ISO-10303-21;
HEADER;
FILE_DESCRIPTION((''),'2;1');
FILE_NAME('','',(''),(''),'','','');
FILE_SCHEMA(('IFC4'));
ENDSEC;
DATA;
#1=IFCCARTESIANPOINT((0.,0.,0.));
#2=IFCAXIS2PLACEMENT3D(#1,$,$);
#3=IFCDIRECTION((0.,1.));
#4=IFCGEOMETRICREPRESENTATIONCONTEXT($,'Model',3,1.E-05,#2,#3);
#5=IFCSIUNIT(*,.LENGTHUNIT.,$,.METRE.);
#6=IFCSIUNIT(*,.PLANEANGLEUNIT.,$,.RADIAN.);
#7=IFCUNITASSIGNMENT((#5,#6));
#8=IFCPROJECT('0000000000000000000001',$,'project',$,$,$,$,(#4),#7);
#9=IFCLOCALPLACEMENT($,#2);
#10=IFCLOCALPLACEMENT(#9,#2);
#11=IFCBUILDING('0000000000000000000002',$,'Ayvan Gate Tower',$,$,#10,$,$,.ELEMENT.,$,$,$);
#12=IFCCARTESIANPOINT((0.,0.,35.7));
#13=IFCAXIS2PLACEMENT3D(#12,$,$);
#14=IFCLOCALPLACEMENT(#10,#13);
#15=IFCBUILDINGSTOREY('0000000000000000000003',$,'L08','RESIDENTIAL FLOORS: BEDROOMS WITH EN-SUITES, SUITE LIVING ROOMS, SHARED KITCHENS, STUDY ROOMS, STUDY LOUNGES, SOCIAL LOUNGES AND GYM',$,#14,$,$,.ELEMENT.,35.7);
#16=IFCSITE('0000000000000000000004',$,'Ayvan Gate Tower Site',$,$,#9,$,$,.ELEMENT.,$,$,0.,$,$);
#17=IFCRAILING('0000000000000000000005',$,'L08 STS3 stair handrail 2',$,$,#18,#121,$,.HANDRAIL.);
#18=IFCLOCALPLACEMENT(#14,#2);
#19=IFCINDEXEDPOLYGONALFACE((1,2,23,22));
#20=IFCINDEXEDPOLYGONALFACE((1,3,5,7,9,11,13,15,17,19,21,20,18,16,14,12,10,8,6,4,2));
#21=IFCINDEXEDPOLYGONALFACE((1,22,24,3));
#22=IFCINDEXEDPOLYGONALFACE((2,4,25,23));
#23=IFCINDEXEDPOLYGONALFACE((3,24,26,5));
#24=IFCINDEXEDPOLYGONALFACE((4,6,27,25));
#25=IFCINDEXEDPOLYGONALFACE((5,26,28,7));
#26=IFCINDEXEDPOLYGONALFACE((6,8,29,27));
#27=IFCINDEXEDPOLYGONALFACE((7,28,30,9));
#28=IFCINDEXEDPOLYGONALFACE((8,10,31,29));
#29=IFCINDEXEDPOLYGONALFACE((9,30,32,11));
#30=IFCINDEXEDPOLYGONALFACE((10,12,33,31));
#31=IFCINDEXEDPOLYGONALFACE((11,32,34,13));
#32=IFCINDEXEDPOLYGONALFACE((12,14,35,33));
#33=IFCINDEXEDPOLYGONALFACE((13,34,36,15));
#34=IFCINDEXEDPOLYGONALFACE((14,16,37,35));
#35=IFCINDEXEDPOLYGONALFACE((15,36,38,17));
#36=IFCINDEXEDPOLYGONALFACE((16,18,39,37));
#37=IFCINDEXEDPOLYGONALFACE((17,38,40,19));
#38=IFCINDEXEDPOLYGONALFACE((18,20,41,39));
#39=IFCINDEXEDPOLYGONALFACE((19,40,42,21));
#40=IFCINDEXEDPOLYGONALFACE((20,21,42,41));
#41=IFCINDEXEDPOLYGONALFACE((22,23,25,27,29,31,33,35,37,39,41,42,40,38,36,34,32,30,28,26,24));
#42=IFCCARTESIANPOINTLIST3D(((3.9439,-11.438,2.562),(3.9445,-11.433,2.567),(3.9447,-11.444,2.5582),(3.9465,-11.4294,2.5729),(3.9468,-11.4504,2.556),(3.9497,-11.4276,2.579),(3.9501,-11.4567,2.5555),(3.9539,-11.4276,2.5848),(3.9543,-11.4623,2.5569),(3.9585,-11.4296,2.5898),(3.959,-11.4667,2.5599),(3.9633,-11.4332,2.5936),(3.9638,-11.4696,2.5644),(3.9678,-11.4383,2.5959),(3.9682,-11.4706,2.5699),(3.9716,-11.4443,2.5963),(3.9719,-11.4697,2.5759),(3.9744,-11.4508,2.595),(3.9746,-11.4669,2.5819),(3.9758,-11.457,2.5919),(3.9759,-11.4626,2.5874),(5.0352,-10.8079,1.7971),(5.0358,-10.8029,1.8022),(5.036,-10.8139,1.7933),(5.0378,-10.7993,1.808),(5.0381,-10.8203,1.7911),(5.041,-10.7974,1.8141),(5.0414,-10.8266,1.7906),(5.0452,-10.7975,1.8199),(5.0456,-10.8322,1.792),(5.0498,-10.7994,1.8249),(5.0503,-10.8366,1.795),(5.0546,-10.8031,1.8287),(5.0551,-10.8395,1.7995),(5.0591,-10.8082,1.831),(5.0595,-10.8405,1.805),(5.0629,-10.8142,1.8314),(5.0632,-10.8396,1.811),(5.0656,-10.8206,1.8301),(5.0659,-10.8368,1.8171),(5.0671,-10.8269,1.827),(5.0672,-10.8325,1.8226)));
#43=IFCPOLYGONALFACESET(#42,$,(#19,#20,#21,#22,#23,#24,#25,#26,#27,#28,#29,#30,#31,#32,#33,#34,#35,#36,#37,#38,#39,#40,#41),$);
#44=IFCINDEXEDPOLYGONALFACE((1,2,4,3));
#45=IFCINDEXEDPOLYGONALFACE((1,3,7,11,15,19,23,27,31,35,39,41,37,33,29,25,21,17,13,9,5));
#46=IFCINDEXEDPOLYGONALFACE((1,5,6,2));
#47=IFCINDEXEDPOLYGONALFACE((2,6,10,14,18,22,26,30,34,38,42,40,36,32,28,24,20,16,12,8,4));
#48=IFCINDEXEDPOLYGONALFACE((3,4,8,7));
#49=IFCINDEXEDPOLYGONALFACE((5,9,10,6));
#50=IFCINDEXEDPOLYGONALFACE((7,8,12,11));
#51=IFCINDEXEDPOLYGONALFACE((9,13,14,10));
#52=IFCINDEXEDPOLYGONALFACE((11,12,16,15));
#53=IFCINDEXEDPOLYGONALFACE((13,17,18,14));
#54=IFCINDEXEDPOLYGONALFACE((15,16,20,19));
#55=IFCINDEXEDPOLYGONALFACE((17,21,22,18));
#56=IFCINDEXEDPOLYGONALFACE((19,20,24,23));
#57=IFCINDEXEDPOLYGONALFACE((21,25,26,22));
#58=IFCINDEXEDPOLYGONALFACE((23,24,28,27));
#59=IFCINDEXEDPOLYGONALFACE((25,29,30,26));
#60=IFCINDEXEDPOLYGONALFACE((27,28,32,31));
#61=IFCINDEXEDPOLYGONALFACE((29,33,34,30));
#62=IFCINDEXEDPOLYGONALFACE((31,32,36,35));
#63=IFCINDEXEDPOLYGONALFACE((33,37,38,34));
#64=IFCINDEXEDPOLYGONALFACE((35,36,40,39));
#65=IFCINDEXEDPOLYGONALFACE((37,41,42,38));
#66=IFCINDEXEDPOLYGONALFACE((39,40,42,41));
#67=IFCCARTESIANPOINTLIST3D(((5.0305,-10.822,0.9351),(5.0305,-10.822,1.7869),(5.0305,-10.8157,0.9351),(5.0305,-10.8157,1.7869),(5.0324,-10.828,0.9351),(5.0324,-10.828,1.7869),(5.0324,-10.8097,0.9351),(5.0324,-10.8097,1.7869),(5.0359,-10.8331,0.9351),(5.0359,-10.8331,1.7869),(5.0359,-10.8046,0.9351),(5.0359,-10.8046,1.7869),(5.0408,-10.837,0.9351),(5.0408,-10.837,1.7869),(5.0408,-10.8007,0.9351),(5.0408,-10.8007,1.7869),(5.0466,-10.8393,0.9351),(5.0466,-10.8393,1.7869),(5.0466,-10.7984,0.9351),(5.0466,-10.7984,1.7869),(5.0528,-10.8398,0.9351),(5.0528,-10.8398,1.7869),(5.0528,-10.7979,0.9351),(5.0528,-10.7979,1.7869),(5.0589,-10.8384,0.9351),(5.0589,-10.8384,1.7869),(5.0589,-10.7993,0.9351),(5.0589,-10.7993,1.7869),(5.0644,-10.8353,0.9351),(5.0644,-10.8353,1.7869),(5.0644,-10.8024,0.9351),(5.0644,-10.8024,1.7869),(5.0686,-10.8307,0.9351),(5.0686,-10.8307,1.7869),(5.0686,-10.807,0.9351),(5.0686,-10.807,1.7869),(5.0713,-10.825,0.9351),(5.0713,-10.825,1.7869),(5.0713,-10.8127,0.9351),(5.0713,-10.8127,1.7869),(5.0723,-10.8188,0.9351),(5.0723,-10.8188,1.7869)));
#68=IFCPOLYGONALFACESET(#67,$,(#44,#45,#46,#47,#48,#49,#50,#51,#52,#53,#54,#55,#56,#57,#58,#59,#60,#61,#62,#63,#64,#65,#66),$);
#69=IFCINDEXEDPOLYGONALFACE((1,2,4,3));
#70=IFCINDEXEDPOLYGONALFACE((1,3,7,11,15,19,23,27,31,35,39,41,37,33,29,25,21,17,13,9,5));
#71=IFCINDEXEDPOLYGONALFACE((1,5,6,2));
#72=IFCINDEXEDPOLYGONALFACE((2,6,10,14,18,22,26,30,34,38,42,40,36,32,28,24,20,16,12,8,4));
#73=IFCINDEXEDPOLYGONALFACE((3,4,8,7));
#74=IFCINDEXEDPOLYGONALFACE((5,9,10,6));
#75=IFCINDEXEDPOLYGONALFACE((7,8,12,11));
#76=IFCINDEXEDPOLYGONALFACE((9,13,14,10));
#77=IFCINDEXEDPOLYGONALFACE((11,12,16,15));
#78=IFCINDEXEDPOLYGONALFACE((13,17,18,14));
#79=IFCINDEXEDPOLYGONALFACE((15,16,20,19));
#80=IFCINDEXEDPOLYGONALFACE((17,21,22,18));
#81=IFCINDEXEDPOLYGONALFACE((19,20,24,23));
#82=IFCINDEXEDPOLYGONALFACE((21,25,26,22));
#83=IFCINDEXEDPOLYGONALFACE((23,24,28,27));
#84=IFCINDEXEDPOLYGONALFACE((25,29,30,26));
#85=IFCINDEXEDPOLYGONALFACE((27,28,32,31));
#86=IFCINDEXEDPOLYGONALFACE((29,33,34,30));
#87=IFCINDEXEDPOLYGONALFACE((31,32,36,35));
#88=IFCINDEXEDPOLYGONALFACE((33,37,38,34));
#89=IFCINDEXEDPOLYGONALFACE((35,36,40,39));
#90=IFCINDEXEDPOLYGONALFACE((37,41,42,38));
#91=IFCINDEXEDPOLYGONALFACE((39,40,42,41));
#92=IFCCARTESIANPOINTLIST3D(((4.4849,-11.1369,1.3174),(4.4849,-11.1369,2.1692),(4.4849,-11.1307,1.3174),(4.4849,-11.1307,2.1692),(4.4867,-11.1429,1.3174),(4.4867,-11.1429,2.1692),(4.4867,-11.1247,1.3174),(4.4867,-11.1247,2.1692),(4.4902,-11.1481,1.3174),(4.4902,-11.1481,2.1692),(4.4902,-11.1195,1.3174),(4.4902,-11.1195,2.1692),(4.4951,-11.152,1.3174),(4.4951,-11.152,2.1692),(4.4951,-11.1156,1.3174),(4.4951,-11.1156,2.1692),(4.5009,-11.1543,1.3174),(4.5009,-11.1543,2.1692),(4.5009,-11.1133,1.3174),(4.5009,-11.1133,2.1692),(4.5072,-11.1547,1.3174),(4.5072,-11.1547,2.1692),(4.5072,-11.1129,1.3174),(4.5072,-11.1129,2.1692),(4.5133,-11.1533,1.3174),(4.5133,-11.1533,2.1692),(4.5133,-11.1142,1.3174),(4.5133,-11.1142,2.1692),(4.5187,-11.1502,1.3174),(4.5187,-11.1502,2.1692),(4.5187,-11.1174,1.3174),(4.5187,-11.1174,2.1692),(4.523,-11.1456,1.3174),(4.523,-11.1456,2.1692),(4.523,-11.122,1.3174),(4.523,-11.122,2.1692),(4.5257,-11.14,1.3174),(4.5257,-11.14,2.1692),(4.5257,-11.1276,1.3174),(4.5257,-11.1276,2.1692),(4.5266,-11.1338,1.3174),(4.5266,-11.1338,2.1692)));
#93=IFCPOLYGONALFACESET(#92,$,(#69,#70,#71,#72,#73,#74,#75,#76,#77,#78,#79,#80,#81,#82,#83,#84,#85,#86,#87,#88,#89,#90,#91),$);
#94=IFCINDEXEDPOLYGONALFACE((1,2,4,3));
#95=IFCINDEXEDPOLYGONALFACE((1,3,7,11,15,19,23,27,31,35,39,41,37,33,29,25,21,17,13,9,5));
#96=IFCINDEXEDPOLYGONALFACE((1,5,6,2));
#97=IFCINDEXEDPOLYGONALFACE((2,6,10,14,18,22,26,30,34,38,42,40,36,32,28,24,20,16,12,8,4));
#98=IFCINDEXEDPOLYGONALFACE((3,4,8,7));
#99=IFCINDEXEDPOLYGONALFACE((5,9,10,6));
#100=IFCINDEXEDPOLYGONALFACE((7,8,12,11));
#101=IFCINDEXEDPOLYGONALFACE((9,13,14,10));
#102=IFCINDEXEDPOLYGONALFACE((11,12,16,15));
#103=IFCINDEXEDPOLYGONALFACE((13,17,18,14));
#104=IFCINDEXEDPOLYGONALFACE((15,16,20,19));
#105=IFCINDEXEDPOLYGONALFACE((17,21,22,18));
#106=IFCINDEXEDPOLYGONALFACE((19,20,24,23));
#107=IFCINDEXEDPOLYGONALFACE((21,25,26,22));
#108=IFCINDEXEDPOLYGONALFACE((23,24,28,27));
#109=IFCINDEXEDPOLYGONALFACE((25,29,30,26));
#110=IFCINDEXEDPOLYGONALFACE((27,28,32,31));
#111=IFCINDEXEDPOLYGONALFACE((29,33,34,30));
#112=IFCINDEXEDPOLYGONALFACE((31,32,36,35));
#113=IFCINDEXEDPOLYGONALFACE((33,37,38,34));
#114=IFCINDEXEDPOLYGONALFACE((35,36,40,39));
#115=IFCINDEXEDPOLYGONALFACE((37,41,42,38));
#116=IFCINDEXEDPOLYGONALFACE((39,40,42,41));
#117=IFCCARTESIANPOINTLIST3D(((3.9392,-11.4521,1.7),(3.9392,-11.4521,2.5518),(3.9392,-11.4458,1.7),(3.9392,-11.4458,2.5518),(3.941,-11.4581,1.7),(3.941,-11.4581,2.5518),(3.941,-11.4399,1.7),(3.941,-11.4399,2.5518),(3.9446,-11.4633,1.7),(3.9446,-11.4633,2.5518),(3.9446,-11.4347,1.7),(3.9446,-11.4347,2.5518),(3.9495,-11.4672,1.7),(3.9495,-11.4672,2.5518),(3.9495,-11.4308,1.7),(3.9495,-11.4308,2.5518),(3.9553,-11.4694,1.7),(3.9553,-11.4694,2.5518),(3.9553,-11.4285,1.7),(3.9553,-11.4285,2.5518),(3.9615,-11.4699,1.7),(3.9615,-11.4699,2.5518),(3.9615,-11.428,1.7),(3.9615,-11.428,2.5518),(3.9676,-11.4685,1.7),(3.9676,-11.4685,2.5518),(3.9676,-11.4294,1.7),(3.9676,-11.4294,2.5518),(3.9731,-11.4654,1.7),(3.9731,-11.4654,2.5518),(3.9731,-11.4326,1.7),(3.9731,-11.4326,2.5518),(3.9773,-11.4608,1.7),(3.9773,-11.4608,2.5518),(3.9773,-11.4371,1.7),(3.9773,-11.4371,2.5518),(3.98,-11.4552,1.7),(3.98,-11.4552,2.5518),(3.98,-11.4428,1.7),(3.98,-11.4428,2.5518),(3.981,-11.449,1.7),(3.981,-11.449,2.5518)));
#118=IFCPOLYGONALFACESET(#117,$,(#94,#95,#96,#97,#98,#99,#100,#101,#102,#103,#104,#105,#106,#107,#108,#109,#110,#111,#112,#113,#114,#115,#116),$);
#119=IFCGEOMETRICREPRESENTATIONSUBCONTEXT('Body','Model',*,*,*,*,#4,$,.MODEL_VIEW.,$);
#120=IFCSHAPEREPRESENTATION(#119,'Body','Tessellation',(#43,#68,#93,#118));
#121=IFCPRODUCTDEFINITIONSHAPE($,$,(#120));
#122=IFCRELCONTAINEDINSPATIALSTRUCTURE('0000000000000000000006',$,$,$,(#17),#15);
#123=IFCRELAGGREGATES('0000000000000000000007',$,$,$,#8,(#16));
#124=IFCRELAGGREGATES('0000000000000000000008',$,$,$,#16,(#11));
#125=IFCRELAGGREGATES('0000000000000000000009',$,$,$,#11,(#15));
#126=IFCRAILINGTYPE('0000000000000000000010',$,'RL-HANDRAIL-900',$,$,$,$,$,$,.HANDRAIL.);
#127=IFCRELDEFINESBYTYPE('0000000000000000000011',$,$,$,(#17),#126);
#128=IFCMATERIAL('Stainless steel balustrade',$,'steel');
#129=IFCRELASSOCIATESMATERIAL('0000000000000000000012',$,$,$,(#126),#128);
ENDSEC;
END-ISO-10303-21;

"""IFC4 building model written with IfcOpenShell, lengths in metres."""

from ifc_helpers import new_model, si_unit, direction, frame, origin, origin_2d, place, context, subcontext, project, spatial, circle, extrude, material, type_object, element, save


model = new_model("IFC4")

# Units and contexts
model_context = context("Model", 3, precision=1e-05, world=origin(), true_north=direction((0.0, 1.0)))
body_context = subcontext(model_context, "Body", "Model", "MODEL_VIEW")
ifc_project = project(units=[si_unit("LENGTHUNIT", "METRE"), si_unit("PLANEANGLEUNIT", "RADIAN")], contexts=[model_context])

# Site, building, storey
site_placement = place(None, origin())
site = spatial("IfcSite", under=ifc_project, at=site_placement, Name="Ayvan Gate Tower Site", CompositionType="ELEMENT", RefElevation=0.0)
building_placement = place(site_placement, origin())
building = spatial("IfcBuilding", under=site, at=building_placement, Name="Ayvan Gate Tower", CompositionType="ELEMENT")
storey_placement = place(building_placement, frame((0.0, 0.0, 35.7)))
storey = spatial("IfcBuildingStorey", under=building, at=storey_placement, Name="L08", Description="RESIDENTIAL FLOORS: BEDROOMS WITH EN-SUITES, SUITE LIVING ROOMS, SHARED KITCHENS, STUDY ROOMS, STUDY LOUNGES, SOCIAL LOUNGES AND GYM", CompositionType="ELEMENT", Elevation=35.7)

# Railing
ifc_material_1 = material(Name="Stainless steel balustrade", Category="steel")
railing_type_1 = type_object("IfcRailingType", Name="RL-HANDRAIL-900", PredefinedType="HANDRAIL", material=ifc_material_1)
railing_1_placement = place(storey_placement, frame((5.0513, -10.8188, 0.9351)))
element("IfcRailing", 1, at=railing_1_placement, inside=storey, type_object=railing_type_1, Name="L08 STS3 stair handrail 2", PredefinedType="HANDRAIL", context=body_context, shape_type="SweptSolid", body=[
    extrude(circle(Radius=0.0239, at=origin_2d()), frame((0.0, 0.0, 0.876), z_axis=(-0.740304, -0.427455, 0.518875), x_axis=(0.500035, -0.866005, 0.0)), (0.0, 0.0, 1.0), 1.4741),
    extrude(circle(Radius=0.021, at=origin_2d()), origin(), (0.0, 0.0, 1.0), 0.8518),
    extrude(circle(Radius=0.021, at=origin_2d()), frame((-0.5457, -0.3149, 0.3823)), (0.0, 0.0, 1.0), 0.8518),
    extrude(circle(Radius=0.021, at=origin_2d()), frame((-1.0913, -0.6301, 0.7649)), (0.0, 0.0, 1.0), 0.8518),
])

save(model, "model.ifc")
